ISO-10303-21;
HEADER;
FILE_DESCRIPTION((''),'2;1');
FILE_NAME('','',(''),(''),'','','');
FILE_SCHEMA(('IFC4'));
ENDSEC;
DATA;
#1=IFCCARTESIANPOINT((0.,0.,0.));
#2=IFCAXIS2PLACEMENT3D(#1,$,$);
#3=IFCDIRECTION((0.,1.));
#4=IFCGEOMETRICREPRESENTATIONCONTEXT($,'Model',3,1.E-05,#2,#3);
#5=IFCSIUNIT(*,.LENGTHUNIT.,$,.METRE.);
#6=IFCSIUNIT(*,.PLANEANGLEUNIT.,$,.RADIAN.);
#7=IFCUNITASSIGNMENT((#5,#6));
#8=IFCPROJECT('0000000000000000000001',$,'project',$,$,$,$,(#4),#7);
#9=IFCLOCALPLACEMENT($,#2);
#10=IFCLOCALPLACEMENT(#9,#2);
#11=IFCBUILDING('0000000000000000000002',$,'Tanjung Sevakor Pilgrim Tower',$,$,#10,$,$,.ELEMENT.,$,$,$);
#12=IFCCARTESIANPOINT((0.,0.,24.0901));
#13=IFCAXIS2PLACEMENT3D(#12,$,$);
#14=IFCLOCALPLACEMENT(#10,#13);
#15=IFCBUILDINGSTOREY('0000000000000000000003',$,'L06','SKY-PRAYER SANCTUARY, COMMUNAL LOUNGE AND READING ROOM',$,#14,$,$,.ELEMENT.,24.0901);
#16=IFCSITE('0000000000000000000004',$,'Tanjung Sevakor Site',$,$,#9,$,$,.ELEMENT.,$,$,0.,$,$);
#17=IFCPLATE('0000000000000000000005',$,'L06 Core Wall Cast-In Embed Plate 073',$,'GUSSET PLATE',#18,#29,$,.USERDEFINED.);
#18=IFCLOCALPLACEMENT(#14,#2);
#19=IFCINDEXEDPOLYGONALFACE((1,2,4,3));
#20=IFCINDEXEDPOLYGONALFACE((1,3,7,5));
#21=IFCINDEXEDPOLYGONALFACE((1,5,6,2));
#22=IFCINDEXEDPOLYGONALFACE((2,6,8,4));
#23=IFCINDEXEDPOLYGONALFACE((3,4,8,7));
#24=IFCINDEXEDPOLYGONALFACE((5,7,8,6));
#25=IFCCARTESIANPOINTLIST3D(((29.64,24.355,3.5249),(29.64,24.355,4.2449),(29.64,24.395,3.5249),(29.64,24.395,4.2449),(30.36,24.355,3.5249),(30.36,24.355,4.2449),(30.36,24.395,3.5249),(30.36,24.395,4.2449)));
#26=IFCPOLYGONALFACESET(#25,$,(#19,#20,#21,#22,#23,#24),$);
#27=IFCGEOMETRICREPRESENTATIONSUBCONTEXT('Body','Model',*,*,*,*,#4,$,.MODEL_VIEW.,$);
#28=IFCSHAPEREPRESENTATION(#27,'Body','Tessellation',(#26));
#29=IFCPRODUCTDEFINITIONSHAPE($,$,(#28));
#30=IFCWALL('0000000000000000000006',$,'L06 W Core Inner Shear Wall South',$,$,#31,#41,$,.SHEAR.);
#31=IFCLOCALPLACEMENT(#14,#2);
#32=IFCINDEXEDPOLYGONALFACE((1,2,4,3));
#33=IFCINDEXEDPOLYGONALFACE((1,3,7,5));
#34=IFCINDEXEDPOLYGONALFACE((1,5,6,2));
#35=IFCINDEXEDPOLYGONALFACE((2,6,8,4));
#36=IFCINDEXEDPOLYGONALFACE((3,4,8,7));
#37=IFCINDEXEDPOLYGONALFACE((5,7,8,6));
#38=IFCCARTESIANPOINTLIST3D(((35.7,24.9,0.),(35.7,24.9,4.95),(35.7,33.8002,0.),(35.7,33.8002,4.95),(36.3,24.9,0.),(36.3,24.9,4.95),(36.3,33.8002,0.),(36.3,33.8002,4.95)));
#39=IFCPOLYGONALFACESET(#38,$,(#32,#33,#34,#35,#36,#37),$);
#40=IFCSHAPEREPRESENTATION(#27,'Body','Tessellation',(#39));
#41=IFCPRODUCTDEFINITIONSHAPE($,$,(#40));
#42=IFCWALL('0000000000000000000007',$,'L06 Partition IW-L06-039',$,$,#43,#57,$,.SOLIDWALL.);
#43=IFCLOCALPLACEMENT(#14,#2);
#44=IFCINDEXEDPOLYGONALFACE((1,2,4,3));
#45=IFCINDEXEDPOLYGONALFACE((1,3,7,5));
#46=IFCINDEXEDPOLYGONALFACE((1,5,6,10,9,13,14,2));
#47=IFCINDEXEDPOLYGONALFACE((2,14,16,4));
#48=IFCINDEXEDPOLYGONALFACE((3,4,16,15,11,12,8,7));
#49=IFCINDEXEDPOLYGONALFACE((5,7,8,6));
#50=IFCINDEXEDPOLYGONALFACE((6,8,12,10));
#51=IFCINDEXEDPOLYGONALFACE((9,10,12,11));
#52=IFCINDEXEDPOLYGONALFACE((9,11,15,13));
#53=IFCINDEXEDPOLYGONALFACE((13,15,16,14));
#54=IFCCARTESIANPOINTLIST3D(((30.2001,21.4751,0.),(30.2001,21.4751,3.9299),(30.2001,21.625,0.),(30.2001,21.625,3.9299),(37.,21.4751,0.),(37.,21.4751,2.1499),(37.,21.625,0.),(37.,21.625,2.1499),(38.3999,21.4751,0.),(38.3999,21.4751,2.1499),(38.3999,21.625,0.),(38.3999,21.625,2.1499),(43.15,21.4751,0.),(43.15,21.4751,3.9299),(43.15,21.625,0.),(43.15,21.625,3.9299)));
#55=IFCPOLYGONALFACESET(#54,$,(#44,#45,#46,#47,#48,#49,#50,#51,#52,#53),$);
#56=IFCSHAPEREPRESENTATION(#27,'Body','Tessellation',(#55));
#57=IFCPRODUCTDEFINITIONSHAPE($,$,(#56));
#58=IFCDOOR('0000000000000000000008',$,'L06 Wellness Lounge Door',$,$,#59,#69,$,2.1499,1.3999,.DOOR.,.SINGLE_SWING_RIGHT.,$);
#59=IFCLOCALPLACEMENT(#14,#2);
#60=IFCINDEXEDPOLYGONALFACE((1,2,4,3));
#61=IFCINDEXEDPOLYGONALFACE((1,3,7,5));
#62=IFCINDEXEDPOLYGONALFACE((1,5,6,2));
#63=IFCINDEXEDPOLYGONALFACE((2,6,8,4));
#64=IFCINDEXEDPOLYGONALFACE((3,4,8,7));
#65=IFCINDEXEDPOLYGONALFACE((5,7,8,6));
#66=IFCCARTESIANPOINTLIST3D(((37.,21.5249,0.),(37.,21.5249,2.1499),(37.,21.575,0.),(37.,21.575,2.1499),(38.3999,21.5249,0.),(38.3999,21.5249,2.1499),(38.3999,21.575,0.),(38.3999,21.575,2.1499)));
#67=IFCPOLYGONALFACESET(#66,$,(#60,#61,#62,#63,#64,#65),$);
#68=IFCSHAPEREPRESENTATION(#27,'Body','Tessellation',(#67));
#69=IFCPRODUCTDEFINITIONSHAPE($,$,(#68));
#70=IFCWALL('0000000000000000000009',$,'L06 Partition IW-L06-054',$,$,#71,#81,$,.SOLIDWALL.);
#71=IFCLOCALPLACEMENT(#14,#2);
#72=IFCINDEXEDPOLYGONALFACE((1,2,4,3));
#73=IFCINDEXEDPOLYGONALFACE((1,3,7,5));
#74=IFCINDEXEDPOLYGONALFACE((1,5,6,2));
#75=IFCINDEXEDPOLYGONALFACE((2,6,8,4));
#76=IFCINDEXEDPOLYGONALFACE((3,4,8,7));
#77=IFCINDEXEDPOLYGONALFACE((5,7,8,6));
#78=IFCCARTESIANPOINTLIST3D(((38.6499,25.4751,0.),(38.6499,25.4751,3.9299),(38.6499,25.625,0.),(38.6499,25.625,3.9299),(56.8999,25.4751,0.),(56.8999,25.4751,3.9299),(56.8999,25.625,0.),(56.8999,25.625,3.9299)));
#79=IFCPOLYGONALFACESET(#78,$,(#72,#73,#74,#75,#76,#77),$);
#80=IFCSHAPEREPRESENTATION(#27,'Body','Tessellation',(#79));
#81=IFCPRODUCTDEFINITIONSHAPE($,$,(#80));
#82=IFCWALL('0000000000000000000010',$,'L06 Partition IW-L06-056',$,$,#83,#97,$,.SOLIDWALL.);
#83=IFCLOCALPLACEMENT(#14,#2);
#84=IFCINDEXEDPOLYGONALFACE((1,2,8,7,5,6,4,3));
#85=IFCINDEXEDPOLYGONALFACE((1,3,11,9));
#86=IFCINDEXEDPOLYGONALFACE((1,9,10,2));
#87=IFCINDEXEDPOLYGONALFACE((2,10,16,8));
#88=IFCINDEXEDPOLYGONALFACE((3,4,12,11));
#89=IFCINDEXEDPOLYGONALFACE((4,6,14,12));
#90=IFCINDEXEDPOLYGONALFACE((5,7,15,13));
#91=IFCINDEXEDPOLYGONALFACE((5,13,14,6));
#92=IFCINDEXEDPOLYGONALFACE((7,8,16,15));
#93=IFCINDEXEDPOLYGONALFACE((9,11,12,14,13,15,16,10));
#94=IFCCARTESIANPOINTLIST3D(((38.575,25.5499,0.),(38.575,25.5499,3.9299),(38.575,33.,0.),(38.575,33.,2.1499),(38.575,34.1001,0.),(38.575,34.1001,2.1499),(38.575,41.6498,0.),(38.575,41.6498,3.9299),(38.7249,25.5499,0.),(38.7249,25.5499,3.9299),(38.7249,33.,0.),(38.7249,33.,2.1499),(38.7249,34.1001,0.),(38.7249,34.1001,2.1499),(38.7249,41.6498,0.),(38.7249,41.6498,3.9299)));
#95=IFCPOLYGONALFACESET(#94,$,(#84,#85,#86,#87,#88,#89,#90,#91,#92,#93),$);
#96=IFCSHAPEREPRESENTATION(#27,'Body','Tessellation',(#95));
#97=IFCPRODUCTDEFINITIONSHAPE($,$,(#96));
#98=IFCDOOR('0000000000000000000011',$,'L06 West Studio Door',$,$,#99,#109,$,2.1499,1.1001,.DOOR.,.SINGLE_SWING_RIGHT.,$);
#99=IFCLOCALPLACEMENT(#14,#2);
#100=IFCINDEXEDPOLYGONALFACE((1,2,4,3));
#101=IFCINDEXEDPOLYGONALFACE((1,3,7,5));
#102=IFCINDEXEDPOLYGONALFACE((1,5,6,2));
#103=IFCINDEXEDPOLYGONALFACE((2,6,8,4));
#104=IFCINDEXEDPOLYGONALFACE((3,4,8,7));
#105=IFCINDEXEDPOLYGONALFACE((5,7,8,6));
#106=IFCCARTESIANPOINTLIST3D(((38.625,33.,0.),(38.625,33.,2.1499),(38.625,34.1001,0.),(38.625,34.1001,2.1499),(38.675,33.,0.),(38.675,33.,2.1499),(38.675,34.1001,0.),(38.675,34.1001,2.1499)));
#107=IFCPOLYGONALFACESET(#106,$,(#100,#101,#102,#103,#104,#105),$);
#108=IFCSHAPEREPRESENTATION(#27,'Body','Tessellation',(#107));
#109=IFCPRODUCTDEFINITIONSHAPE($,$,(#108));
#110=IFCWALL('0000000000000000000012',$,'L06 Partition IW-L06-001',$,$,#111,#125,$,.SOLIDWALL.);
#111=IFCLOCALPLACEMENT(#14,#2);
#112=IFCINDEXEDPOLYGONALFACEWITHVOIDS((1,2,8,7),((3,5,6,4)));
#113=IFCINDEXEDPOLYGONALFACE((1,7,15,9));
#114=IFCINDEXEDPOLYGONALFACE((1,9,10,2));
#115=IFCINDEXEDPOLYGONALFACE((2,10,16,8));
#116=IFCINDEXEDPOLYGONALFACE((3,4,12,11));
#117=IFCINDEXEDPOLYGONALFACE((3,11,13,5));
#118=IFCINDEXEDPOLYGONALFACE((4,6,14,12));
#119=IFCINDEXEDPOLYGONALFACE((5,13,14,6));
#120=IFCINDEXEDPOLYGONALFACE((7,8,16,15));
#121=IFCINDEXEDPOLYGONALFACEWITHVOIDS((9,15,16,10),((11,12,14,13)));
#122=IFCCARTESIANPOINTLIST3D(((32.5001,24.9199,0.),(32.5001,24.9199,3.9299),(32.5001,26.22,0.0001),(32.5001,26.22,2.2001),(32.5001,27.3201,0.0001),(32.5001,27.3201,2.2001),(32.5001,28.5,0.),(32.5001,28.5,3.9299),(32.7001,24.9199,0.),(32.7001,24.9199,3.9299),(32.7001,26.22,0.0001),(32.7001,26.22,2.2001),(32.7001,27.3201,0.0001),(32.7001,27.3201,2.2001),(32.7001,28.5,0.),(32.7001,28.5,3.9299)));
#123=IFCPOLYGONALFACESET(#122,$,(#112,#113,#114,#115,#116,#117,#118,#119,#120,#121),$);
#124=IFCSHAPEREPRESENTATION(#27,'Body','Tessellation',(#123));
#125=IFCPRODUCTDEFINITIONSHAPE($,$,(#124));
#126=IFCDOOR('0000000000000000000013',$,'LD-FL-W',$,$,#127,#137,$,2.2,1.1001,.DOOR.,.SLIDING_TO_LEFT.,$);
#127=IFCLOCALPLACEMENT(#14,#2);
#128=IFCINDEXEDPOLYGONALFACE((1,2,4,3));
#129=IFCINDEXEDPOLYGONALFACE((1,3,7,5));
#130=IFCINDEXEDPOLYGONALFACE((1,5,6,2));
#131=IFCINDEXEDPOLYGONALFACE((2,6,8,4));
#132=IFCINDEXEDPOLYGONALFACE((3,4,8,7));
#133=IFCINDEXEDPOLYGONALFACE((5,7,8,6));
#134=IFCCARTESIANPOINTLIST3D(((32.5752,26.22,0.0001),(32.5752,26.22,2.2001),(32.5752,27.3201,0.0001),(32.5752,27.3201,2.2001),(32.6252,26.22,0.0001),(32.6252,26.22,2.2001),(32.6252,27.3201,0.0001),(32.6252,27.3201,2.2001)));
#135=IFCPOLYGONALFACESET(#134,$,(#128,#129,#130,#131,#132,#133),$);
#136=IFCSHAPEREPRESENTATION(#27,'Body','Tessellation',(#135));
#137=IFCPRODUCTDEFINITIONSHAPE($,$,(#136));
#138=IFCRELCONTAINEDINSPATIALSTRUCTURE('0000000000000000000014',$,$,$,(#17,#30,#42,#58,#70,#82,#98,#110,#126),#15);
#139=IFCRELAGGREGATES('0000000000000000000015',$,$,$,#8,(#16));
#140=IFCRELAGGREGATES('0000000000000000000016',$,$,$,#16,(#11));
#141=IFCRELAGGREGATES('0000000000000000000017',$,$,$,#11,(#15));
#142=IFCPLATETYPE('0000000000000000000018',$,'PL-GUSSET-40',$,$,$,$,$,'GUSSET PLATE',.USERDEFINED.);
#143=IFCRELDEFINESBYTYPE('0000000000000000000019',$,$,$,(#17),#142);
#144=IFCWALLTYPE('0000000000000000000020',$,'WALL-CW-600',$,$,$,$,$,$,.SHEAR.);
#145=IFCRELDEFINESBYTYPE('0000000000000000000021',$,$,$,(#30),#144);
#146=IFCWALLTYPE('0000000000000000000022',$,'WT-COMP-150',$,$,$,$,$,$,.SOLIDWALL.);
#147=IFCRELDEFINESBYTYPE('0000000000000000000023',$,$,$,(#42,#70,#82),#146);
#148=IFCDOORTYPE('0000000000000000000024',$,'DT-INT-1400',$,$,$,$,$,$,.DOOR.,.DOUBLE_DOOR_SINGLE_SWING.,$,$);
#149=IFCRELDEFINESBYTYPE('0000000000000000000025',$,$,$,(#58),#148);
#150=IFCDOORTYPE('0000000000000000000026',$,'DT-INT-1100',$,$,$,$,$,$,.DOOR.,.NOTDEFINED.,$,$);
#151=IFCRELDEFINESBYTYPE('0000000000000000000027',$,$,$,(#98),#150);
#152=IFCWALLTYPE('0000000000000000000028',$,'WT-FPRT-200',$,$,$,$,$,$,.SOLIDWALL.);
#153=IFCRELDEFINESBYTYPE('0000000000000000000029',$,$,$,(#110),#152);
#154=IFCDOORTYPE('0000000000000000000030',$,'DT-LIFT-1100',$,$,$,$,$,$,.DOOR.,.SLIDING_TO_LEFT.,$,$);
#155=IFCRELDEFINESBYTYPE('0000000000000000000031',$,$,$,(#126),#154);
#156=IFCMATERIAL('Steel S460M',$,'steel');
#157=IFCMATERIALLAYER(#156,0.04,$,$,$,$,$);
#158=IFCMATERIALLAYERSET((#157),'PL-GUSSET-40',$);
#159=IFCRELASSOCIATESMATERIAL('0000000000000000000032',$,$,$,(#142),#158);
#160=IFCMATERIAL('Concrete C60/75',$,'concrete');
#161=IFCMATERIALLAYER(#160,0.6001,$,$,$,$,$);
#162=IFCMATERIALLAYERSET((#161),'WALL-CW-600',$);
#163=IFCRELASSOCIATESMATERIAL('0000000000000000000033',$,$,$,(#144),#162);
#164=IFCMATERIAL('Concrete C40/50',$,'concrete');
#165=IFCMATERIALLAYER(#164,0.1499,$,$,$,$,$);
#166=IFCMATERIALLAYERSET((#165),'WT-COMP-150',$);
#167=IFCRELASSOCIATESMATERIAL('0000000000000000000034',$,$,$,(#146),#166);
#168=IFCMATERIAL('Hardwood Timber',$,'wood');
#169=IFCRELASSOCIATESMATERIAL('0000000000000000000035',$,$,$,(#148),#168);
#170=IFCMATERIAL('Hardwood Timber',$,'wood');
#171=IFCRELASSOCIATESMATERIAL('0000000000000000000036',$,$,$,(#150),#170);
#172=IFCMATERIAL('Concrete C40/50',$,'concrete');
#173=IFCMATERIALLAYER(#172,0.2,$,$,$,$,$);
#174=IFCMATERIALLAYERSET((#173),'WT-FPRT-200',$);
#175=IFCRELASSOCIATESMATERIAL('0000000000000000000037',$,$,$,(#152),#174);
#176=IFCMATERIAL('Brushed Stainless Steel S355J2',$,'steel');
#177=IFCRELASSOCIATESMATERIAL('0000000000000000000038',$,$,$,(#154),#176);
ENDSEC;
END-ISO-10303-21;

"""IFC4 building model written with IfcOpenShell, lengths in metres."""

from ifc_helpers import new_model, si_unit, direction, frame, frame_2d, origin, origin_2d, place, context, subcontext, project, spatial, rectangle, extrude, material, layer, layer_set, type_object, element, fill, save


model = new_model("IFC4")

# Units and contexts
model_context = context("Model", 3, precision=1e-05, world=origin(), true_north=direction((0.0, 1.0)))
body_context = subcontext(model_context, "Body", "Model", "MODEL_VIEW")
ifc_project = project(units=[si_unit("LENGTHUNIT", "METRE"), si_unit("PLANEANGLEUNIT", "RADIAN")], contexts=[model_context])

# Site, building, storey
site_placement = place(None, origin())
site = spatial("IfcSite", under=ifc_project, at=site_placement, Name="Tanjung Sevakor Site", CompositionType="ELEMENT", RefElevation=0.0)
building_placement = place(site_placement, origin())
building = spatial("IfcBuilding", under=site, at=building_placement, Name="Tanjung Sevakor Pilgrim Tower", CompositionType="ELEMENT")
storey_placement = place(building_placement, frame((0.0, 0.0, 24.0901)))
storey = spatial("IfcBuildingStorey", under=building, at=storey_placement, Name="L06", Description="SKY-PRAYER SANCTUARY, COMMUNAL LOUNGE AND READING ROOM", CompositionType="ELEMENT", Elevation=24.0901)

# Plate
ifc_material_1 = material(Name="Steel S460M", Category="steel")
ifc_layer_1 = layer(ifc_material_1, 0.04)
ifc_layer_set_1 = layer_set([ifc_layer_1], Name="PL-GUSSET-40")
plate_type = type_object("IfcPlateType", Name="PL-GUSSET-40", ElementType="GUSSET PLATE", PredefinedType="USERDEFINED", material=ifc_layer_set_1)
plate_placement = place(storey_placement, frame((30.0, 24.375, 3.5249), z_axis=(0.0, 0.0, 1.0), x_axis=(1.0, 0.0, 0.0)))
element("IfcPlate", 1, at=plate_placement, inside=storey, type_object=plate_type, Name="L06 Core Wall Cast-In Embed Plate 073", ObjectType="GUSSET PLATE", PredefinedType="USERDEFINED", context=body_context, shape_type="SweptSolid", body=[
    extrude(rectangle(XDim=0.72, YDim=0.04, at=origin_2d()), origin(), (0.0, 0.0, 1.0), 0.72),
])

# Wall
ifc_material_2 = material(Name="Concrete C60/75", Category="concrete")
ifc_layer_2 = layer(ifc_material_2, 0.6001)
ifc_layer_set_2 = layer_set([ifc_layer_2], Name="WALL-CW-600")
wall_type_1 = type_object("IfcWallType", Name="WALL-CW-600", PredefinedType="SHEAR", material=ifc_layer_set_2)
wall_1_placement = place(storey_placement, frame((36.0, 24.8999, 0.0), z_axis=(0.0, 0.0, 1.0), x_axis=(0.0, 1.0, 0.0)))
element("IfcWall", 2, at=wall_1_placement, inside=storey, type_object=wall_type_1, Name="L06 W Core Inner Shear Wall South", PredefinedType="SHEAR", context=body_context, shape_type="SweptSolid", body=[
    extrude(rectangle(XDim=8.9001, YDim=0.6001, at=frame_2d((4.4502, 0.0))), origin(), (0.0, 0.0, 1.0), 4.95),
])

# Wall, opening, door
ifc_material_3 = material(Name="Concrete C40/50", Category="concrete")
ifc_layer_3 = layer(ifc_material_3, 0.1499)
ifc_layer_set_3 = layer_set([ifc_layer_3], Name="WT-COMP-150")
wall_type_2 = type_object("IfcWallType", Name="WT-COMP-150", PredefinedType="SOLIDWALL", material=ifc_layer_set_3)
wall_2_placement = place(storey_placement, frame((30.2, 21.55, 0.0), z_axis=(0.0, 0.0, 1.0), x_axis=(1.0, 0.0, 0.0)))
wall_2 = element("IfcWall", 3, at=wall_2_placement, inside=storey, type_object=wall_type_2, Name="L06 Partition IW-L06-039", PredefinedType="SOLIDWALL", context=body_context, shape_type="SweptSolid", body=[
    extrude(rectangle(XDim=12.95, YDim=0.1499, at=frame_2d((6.4751, 0.0))), origin(), (0.0, 0.0, 1.0), 3.9299),
])
opening_1_placement = place(wall_2_placement, frame((6.8, 0.0, 0.0)))
opening_1 = element("IfcOpeningElement", 4, at=opening_1_placement, cuts=wall_2, PredefinedType="OPENING", context=body_context, shape_type="SweptSolid", body=[
    extrude(rectangle(XDim=1.3999, YDim=2.1499, at=frame_2d((0.7, 1.075))), frame((0.0, 0.085, 0.0), z_axis=(0.0, -1.0, 0.0), x_axis=(1.0, 0.0, 0.0)), (0.0, 0.0, 1.0), 0.1699),
])
ifc_material_4 = material(Name="Hardwood Timber", Category="wood")
door_type_1 = type_object("IfcDoorType", Name="DT-INT-1400", OperationType="DOUBLE_DOOR_SINGLE_SWING", PredefinedType="DOOR", material=ifc_material_4)
door_1_placement = place(opening_1_placement, origin())
door_1 = element("IfcDoor", 5, at=door_1_placement, inside=storey, type_object=door_type_1, Name="L06 Wellness Lounge Door", OperationType="SINGLE_SWING_RIGHT", OverallHeight=2.1499, OverallWidth=1.3999, PredefinedType="DOOR", context=body_context, shape_type="SweptSolid", body=[
    extrude(rectangle(XDim=1.3999, YDim=2.1499, at=frame_2d((0.7, 1.075))), frame((0.0, 0.0249, 0.0), z_axis=(0.0, -1.0, 0.0), x_axis=(1.0, 0.0, 0.0)), (0.0, 0.0, 1.0), 0.05),
])
fill(opening_1, door_1)

# Wall
wall_3_placement = place(storey_placement, frame((38.6499, 25.55, 0.0), z_axis=(0.0, 0.0, 1.0), x_axis=(1.0, 0.0, 0.0)))
element("IfcWall", 6, at=wall_3_placement, inside=storey, type_object=wall_type_2, Name="L06 Partition IW-L06-054", PredefinedType="SOLIDWALL", context=body_context, shape_type="SweptSolid", body=[
    extrude(rectangle(XDim=18.25, YDim=0.1499, at=frame_2d((9.125, 0.0))), origin(), (0.0, 0.0, 1.0), 3.9299),
])

# Walls, openings, doors
wall_4_placement = place(storey_placement, frame((38.6499, 25.55, 0.0), z_axis=(0.0, 0.0, 1.0), x_axis=(0.0, 1.0, 0.0)))
wall_4 = element("IfcWall", 7, at=wall_4_placement, inside=storey, type_object=wall_type_2, Name="L06 Partition IW-L06-056", PredefinedType="SOLIDWALL", context=body_context, shape_type="SweptSolid", body=[
    extrude(rectangle(XDim=16.0999, YDim=0.1499, at=frame_2d((8.0498, 0.0))), origin(), (0.0, 0.0, 1.0), 3.9299),
])
opening_2_placement = place(wall_4_placement, frame((7.45, 0.0, 0.0)))
opening_2 = element("IfcOpeningElement", 8, at=opening_2_placement, cuts=wall_4, PredefinedType="OPENING", context=body_context, shape_type="SweptSolid", body=[
    extrude(rectangle(XDim=1.1001, YDim=2.1499, at=frame_2d((0.55, 1.075))), frame((0.0, 0.085, 0.0), z_axis=(0.0, -1.0, 0.0), x_axis=(1.0, 0.0, 0.0)), (0.0, 0.0, 1.0), 0.1699),
])
ifc_material_5 = material(Name="Hardwood Timber", Category="wood")
door_type_2 = type_object("IfcDoorType", Name="DT-INT-1100", OperationType="NOTDEFINED", PredefinedType="DOOR", material=ifc_material_5)
door_2_placement = place(opening_2_placement, origin())
door_2 = element("IfcDoor", 9, at=door_2_placement, inside=storey, type_object=door_type_2, Name="L06 West Studio Door", OperationType="SINGLE_SWING_RIGHT", OverallHeight=2.1499, OverallWidth=1.1001, PredefinedType="DOOR", context=body_context, shape_type="SweptSolid", body=[
    extrude(rectangle(XDim=1.1001, YDim=2.1499, at=frame_2d((0.55, 1.075))), frame((0.0, 0.0249, 0.0), z_axis=(0.0, -1.0, 0.0), x_axis=(1.0, 0.0, 0.0)), (0.0, 0.0, 1.0), 0.05),
])
fill(opening_2, door_2)
ifc_material_6 = material(Name="Concrete C40/50", Category="concrete")
ifc_layer_4 = layer(ifc_material_6, 0.2)
ifc_layer_set_4 = layer_set([ifc_layer_4], Name="WT-FPRT-200")
wall_type_3 = type_object("IfcWallType", Name="WT-FPRT-200", PredefinedType="SOLIDWALL", material=ifc_layer_set_4)
wall_5_placement = place(storey_placement, frame((32.6001, 24.9199, 0.0), z_axis=(0.0, 0.0, 1.0), x_axis=(0.0, 1.0, 0.0)))
wall_5 = element("IfcWall", 10, at=wall_5_placement, inside=storey, type_object=wall_type_3, Name="L06 Partition IW-L06-001", PredefinedType="SOLIDWALL", context=body_context, shape_type="SweptSolid", body=[
    extrude(rectangle(XDim=3.5801, YDim=0.2, at=frame_2d((1.79, 0.0))), origin(), (0.0, 0.0, 1.0), 3.9299),
])
opening_3_placement = place(wall_5_placement, frame((1.3, 0.0, 0.0)))
opening_3 = element("IfcOpeningElement", 11, at=opening_3_placement, cuts=wall_5, PredefinedType="OPENING", context=body_context, shape_type="SweptSolid", body=[
    extrude(rectangle(XDim=1.1001, YDim=2.2, at=frame_2d((0.55, 1.1001))), frame((0.0, 0.1099, 0.0), z_axis=(0.0, -1.0, 0.0), x_axis=(1.0, 0.0, 0.0)), (0.0, 0.0, 1.0), 0.22),
])
ifc_material_7 = material(Name="Brushed Stainless Steel S355J2", Category="steel")
door_type_3 = type_object("IfcDoorType", Name="DT-LIFT-1100", OperationType="SLIDING_TO_LEFT", PredefinedType="DOOR", material=ifc_material_7)
door_3_placement = place(opening_3_placement, origin())
door_3 = element("IfcDoor", 12, at=door_3_placement, inside=storey, type_object=door_type_3, Name="LD-FL-W", OperationType="SLIDING_TO_LEFT", OverallHeight=2.2, OverallWidth=1.1001, PredefinedType="DOOR", context=body_context, shape_type="SweptSolid", body=[
    extrude(rectangle(XDim=1.1001, YDim=2.2, at=frame_2d((0.55, 1.1001))), frame((0.0, 0.0249, 0.0), z_axis=(0.0, -1.0, 0.0), x_axis=(1.0, 0.0, 0.0)), (0.0, 0.0, 1.0), 0.05),
])
fill(opening_3, door_3)

save(model, "model.ifc")
